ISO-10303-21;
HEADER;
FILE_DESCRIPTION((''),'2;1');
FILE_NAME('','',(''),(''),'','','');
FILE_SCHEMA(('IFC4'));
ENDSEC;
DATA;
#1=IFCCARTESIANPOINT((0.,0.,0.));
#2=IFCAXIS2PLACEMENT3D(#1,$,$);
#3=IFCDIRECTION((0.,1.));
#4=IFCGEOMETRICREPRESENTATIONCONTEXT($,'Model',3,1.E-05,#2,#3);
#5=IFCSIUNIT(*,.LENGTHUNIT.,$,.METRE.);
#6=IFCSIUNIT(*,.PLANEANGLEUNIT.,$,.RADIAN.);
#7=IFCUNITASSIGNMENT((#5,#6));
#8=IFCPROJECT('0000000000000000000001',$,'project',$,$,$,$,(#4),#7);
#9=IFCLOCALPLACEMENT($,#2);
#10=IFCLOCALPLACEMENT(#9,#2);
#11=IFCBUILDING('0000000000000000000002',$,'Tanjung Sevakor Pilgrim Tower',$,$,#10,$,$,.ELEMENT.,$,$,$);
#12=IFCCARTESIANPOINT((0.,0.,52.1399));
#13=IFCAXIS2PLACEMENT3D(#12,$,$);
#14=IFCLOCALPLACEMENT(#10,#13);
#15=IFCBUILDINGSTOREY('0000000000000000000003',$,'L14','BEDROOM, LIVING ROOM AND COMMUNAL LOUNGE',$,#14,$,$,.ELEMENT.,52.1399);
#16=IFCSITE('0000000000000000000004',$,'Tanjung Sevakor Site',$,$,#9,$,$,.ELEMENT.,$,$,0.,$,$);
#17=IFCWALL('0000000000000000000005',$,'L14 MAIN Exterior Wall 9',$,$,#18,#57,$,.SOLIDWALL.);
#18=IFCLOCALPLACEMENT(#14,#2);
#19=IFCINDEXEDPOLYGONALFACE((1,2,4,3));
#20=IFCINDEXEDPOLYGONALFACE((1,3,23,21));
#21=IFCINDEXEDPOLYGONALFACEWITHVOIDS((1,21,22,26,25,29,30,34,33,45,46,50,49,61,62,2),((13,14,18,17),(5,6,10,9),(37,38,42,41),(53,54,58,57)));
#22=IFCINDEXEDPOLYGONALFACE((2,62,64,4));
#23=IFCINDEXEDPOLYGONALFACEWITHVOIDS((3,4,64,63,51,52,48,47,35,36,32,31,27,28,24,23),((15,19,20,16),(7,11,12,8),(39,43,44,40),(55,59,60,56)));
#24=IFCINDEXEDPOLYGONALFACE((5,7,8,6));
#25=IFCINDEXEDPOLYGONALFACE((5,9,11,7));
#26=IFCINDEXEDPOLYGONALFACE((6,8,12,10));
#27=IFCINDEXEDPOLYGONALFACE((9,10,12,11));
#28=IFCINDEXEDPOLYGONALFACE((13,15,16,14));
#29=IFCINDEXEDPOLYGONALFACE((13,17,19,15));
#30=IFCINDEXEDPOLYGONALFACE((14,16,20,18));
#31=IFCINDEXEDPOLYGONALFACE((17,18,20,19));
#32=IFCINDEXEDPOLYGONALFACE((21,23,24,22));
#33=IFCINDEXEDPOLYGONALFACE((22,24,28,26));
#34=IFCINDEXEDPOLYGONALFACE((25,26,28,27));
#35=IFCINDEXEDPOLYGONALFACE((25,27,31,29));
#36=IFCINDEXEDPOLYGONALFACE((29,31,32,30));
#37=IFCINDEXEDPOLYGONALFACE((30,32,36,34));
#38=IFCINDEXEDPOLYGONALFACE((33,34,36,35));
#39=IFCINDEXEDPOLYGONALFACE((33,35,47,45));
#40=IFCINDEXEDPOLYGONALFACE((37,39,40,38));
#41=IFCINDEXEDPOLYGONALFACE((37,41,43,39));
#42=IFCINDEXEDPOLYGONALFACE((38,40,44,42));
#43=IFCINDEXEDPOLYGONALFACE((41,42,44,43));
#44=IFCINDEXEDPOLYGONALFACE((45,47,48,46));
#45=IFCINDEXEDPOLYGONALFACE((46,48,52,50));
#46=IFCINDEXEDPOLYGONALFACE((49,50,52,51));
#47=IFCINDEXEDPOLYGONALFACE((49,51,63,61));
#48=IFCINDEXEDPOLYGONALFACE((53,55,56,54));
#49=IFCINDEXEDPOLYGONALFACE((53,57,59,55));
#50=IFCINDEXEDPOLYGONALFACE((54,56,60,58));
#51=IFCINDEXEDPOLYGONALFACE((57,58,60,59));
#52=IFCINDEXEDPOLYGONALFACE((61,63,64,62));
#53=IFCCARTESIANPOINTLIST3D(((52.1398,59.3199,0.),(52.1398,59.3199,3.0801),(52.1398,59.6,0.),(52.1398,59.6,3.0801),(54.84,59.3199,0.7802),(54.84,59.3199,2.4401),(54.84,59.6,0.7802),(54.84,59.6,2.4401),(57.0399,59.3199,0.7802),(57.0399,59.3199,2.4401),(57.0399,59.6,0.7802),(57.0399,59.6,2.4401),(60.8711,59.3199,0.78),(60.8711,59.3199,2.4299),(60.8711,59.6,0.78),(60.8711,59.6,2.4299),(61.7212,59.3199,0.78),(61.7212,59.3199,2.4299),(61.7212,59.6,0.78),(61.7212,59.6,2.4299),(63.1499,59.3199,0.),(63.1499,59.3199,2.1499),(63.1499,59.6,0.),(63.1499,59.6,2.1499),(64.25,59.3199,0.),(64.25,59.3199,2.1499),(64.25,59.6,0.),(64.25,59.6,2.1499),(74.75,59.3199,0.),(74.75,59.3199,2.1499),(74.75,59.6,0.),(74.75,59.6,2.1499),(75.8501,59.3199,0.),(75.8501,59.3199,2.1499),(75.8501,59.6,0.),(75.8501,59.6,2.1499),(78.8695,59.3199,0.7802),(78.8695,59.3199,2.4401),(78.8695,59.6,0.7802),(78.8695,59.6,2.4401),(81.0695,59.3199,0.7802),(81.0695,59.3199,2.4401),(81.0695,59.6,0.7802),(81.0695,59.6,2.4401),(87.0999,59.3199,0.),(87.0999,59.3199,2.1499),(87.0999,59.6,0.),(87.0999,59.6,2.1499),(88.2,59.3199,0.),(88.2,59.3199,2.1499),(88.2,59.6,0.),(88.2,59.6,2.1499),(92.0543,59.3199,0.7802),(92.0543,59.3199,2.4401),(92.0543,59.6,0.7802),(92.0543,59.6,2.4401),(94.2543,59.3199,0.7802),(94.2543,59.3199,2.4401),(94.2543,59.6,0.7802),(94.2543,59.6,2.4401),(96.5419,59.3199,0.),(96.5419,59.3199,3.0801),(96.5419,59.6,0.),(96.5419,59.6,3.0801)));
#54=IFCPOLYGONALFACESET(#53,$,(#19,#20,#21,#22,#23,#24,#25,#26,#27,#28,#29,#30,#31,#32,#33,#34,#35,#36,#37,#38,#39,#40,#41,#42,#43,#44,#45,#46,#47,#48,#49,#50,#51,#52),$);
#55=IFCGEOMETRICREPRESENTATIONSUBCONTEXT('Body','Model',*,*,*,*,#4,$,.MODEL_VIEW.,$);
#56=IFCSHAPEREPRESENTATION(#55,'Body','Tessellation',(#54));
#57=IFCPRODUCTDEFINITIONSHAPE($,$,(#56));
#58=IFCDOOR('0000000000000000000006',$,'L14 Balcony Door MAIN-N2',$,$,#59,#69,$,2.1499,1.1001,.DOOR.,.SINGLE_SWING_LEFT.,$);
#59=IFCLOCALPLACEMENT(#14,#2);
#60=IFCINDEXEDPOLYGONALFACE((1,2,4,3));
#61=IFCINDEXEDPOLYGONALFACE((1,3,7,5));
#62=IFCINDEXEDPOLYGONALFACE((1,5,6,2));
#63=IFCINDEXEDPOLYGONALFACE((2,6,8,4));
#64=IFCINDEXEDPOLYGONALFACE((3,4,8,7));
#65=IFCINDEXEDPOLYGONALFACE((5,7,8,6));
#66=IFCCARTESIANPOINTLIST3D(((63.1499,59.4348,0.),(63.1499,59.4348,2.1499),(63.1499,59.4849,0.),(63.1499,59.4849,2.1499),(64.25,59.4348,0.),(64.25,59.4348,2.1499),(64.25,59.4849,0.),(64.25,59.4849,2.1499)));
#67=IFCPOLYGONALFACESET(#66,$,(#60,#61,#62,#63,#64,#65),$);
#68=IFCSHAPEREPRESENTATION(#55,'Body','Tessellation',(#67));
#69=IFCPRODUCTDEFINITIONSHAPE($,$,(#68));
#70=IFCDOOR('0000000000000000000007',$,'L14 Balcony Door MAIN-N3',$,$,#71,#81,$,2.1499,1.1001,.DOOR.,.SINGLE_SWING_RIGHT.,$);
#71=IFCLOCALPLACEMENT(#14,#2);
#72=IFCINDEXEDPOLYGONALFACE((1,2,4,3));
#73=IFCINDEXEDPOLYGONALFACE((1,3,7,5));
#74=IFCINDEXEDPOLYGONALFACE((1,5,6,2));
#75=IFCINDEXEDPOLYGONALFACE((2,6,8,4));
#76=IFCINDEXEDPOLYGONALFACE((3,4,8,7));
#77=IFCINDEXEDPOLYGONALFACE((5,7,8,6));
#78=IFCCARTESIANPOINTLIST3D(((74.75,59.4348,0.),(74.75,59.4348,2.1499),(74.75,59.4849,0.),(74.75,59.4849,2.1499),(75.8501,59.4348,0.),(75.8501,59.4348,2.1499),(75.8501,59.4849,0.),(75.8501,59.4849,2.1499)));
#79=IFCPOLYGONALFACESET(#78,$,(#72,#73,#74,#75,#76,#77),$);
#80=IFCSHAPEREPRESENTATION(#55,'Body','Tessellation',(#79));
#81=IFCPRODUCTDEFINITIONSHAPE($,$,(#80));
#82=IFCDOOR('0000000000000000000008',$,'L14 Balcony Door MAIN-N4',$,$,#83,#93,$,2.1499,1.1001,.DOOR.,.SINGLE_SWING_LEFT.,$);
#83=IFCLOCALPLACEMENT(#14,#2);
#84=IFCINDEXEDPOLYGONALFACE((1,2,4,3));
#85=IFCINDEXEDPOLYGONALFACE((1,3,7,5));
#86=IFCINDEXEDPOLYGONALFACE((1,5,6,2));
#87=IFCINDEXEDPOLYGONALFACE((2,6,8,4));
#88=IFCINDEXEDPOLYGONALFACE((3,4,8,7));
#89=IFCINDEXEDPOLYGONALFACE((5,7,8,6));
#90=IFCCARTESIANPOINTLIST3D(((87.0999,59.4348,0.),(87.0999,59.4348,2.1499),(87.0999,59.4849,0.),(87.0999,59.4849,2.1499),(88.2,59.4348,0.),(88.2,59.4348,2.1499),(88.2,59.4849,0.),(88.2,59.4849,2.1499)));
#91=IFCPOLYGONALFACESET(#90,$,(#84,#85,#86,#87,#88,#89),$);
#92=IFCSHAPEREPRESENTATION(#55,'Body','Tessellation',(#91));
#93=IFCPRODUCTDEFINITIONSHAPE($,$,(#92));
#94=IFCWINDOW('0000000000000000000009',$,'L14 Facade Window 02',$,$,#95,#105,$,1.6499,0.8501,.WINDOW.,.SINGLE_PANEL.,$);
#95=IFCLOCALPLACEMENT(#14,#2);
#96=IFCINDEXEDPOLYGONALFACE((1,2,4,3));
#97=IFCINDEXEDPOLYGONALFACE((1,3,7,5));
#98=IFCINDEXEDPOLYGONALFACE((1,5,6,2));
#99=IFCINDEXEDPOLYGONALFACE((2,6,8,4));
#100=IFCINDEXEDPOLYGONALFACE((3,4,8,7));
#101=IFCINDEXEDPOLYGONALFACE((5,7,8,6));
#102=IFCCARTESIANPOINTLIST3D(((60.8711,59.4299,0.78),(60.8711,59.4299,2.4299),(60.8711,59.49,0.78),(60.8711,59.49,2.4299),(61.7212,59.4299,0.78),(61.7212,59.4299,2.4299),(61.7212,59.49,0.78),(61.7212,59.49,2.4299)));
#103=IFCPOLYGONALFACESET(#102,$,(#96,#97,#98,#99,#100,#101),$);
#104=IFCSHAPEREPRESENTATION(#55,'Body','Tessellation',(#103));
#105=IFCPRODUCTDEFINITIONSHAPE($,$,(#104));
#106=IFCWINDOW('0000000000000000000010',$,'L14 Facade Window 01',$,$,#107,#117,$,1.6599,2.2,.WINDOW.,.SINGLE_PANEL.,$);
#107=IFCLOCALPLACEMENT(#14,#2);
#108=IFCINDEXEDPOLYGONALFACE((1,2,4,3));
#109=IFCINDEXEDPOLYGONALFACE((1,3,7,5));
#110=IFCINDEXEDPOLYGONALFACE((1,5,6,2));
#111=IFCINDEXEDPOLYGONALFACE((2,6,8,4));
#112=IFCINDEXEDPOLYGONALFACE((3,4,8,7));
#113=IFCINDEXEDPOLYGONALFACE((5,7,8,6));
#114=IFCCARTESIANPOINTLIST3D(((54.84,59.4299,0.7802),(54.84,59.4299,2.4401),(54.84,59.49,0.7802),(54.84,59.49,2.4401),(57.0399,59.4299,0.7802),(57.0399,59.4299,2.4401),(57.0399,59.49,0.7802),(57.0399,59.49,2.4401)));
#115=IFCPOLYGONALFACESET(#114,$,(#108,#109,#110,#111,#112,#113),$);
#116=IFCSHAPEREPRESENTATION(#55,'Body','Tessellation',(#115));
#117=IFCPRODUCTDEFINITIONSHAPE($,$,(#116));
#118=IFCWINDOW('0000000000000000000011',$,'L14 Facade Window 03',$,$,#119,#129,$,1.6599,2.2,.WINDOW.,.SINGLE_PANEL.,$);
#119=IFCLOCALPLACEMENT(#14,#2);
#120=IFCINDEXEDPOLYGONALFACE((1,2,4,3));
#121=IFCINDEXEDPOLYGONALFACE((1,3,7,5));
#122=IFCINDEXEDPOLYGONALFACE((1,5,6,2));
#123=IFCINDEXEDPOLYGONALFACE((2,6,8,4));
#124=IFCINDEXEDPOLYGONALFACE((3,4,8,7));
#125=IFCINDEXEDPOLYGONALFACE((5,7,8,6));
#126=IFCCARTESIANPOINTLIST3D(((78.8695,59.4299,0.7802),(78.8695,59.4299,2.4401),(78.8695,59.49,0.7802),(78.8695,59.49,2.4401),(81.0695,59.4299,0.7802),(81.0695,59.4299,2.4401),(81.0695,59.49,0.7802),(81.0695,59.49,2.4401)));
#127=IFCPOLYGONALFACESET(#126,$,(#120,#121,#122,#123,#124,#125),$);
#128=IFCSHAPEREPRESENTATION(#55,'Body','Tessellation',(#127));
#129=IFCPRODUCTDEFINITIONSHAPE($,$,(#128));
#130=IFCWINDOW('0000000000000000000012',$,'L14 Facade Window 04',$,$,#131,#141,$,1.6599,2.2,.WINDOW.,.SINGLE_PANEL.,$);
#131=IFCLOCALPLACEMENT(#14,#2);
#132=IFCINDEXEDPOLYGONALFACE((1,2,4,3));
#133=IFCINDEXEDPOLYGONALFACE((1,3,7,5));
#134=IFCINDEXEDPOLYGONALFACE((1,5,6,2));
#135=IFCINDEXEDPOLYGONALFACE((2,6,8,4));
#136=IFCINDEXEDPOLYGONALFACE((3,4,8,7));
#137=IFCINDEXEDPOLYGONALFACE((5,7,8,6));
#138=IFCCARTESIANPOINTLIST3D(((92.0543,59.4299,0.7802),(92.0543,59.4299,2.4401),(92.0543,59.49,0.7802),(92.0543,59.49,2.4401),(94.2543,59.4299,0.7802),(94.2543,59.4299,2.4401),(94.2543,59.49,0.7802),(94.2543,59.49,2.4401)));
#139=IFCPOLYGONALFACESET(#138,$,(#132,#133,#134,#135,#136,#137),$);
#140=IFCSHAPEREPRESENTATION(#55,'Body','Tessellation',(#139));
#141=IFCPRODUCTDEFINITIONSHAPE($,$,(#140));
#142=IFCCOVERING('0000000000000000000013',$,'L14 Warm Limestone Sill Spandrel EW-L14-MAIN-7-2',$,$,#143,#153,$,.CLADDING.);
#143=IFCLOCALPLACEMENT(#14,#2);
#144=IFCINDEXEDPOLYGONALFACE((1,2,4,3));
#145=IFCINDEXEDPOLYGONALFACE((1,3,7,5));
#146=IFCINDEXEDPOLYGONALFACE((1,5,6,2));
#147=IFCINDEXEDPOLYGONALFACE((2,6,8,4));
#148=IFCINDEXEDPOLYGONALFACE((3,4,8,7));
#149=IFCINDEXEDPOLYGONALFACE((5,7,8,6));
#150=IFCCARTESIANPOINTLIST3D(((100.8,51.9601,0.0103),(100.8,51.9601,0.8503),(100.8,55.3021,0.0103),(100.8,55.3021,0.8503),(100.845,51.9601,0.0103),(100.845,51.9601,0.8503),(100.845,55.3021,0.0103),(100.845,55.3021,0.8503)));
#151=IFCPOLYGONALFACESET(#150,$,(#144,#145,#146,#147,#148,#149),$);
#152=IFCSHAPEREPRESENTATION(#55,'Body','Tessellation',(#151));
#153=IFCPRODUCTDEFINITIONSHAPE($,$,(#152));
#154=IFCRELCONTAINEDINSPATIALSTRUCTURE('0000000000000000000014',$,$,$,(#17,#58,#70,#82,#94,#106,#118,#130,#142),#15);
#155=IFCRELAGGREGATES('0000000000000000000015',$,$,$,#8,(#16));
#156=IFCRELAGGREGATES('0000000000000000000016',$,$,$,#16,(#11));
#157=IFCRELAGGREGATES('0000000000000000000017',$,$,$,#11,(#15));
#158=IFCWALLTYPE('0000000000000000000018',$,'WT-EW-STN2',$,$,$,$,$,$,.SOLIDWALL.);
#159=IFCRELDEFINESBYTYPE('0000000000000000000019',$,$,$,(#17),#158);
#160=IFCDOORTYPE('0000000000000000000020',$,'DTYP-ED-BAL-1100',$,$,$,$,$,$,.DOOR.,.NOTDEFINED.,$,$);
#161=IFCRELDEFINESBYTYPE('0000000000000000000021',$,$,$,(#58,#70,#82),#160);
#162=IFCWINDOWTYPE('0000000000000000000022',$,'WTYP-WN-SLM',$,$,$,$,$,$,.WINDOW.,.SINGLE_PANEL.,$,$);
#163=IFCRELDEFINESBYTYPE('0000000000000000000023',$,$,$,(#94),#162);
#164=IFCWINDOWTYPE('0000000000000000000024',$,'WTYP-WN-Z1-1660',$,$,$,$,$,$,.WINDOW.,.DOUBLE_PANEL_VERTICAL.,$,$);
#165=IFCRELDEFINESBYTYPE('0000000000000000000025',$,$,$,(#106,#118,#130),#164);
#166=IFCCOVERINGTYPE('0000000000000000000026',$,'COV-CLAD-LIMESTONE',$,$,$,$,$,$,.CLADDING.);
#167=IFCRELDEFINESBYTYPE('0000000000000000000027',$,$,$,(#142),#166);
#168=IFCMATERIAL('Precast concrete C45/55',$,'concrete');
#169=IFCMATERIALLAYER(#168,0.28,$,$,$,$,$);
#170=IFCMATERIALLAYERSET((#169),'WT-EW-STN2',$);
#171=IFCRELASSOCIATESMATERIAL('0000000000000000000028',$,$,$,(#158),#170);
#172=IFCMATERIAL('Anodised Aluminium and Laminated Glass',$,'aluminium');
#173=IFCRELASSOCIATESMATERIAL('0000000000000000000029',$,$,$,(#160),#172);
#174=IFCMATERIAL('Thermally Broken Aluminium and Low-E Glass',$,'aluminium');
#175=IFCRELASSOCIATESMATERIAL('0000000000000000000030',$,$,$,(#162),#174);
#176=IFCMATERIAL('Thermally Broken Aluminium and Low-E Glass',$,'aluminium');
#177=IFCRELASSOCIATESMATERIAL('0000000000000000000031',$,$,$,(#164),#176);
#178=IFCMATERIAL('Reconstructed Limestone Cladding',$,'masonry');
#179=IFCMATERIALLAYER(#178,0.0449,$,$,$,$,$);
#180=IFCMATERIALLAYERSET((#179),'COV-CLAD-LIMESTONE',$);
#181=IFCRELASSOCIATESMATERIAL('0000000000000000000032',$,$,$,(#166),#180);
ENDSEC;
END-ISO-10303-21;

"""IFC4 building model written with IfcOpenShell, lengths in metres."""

from ifc_helpers import new_model, si_unit, direction, frame, frame_2d, origin, origin_2d, place, context, subcontext, project, spatial, rectangle, extrude, material, layer, layer_set, type_object, element, fill, save


model = new_model("IFC4")

# Units and contexts
model_context = context("Model", 3, precision=1e-05, world=origin(), true_north=direction((0.0, 1.0)))
body_context = subcontext(model_context, "Body", "Model", "MODEL_VIEW")
ifc_project = project(units=[si_unit("LENGTHUNIT", "METRE"), si_unit("PLANEANGLEUNIT", "RADIAN")], contexts=[model_context])

# Site, building, storey
site_placement = place(None, origin())
site = spatial("IfcSite", under=ifc_project, at=site_placement, Name="Tanjung Sevakor Site", CompositionType="ELEMENT", RefElevation=0.0)
building_placement = place(site_placement, origin())
building = spatial("IfcBuilding", under=site, at=building_placement, Name="Tanjung Sevakor Pilgrim Tower", CompositionType="ELEMENT")
storey_placement = place(building_placement, frame((0.0, 0.0, 52.1399)))
storey = spatial("IfcBuildingStorey", under=building, at=storey_placement, Name="L14", Description="BEDROOM, LIVING ROOM AND COMMUNAL LOUNGE", CompositionType="ELEMENT", Elevation=52.1399)

# Wall, openings, doors, windows
ifc_material_1 = material(Name="Precast concrete C45/55", Category="concrete")
ifc_layer_1 = layer(ifc_material_1, 0.28)
ifc_layer_set_1 = layer_set([ifc_layer_1], Name="WT-EW-STN2")
wall_type_1 = type_object("IfcWallType", Name="WT-EW-STN2", PredefinedType="SOLIDWALL", material=ifc_layer_set_1)
wall_1_placement = place(storey_placement, frame((96.542, 59.46, 0.0), z_axis=(0.0, 0.0, 1.0), x_axis=(-1.0, 0.0, 0.0)))
wall_1 = element("IfcWall", 1, at=wall_1_placement, inside=storey, type_object=wall_type_1, Name="L14 MAIN Exterior Wall 9", PredefinedType="SOLIDWALL", context=body_context, shape_type="SweptSolid", body=[
    extrude(rectangle(XDim=44.4021, YDim=0.28, at=frame_2d((22.2012, 0.0))), origin(), (0.0, 0.0, 1.0), 3.0801),
])
opening_1_placement = place(wall_1_placement, frame((32.292, 0.0, 0.0)))
opening_1 = element("IfcOpeningElement", 2, at=opening_1_placement, cuts=wall_1, PredefinedType="OPENING", context=body_context, shape_type="SweptSolid", body=[
    extrude(rectangle(XDim=1.1001, YDim=2.1499, at=frame_2d((0.55, 1.075))), frame((0.0, 0.1499, 0.0), z_axis=(0.0, -1.0, 0.0), x_axis=(1.0, 0.0, 0.0)), (0.0, 0.0, 1.0), 0.3),
])
opening_2_placement = place(wall_1_placement, frame((20.6919, 0.0, 0.0)))
opening_2 = element("IfcOpeningElement", 3, at=opening_2_placement, cuts=wall_1, PredefinedType="OPENING", context=body_context, shape_type="SweptSolid", body=[
    extrude(rectangle(XDim=1.1001, YDim=2.1499, at=frame_2d((0.55, 1.075))), frame((0.0, 0.1499, 0.0), z_axis=(0.0, -1.0, 0.0), x_axis=(1.0, 0.0, 0.0)), (0.0, 0.0, 1.0), 0.3),
])
opening_3_placement = place(wall_1_placement, frame((8.342, 0.0, 0.0)))
opening_3 = element("IfcOpeningElement", 4, at=opening_3_placement, cuts=wall_1, PredefinedType="OPENING", context=body_context, shape_type="SweptSolid", body=[
    extrude(rectangle(XDim=1.1001, YDim=2.1499, at=frame_2d((0.55, 1.075))), frame((0.0, 0.1499, 0.0), z_axis=(0.0, -1.0, 0.0), x_axis=(1.0, 0.0, 0.0)), (0.0, 0.0, 1.0), 0.3),
])
opening_4_placement = place(wall_1_placement, frame((39.502, 0.0, 0.78)))
opening_4 = element("IfcOpeningElement", 5, at=opening_4_placement, cuts=wall_1, PredefinedType="OPENING", context=body_context, shape_type="SweptSolid", body=[
    extrude(rectangle(XDim=2.2, YDim=1.6599, at=frame_2d((1.1001, 0.8301))), frame((0.0, 0.1499, 0.0), z_axis=(0.0, -1.0, 0.0), x_axis=(1.0, 0.0, 0.0)), (0.0, 0.0, 1.0), 0.3),
])
opening_5_placement = place(wall_1_placement, frame((34.8208, 0.0, 0.78)))
opening_5 = element("IfcOpeningElement", 6, at=opening_5_placement, cuts=wall_1, PredefinedType="OPENING", context=body_context, shape_type="SweptSolid", body=[
    extrude(rectangle(XDim=0.8501, YDim=1.6499, at=frame_2d((0.425, 0.825))), frame((0.0, 0.1499, 0.0), z_axis=(0.0, -1.0, 0.0), x_axis=(1.0, 0.0, 0.0)), (0.0, 0.0, 1.0), 0.3),
])
opening_6_placement = place(wall_1_placement, frame((15.4724, 0.0, 0.78)))
opening_6 = element("IfcOpeningElement", 7, at=opening_6_placement, cuts=wall_1, PredefinedType="OPENING", context=body_context, shape_type="SweptSolid", body=[
    extrude(rectangle(XDim=2.2, YDim=1.6599, at=frame_2d((1.1001, 0.8301))), frame((0.0, 0.1499, 0.0), z_axis=(0.0, -1.0, 0.0), x_axis=(1.0, 0.0, 0.0)), (0.0, 0.0, 1.0), 0.3),
])
opening_7_placement = place(wall_1_placement, frame((2.2876, 0.0, 0.78)))
opening_7 = element("IfcOpeningElement", 8, at=opening_7_placement, cuts=wall_1, PredefinedType="OPENING", context=body_context, shape_type="SweptSolid", body=[
    extrude(rectangle(XDim=2.2, YDim=1.6599, at=frame_2d((1.1001, 0.8301))), frame((0.0, 0.1499, 0.0), z_axis=(0.0, -1.0, 0.0), x_axis=(1.0, 0.0, 0.0)), (0.0, 0.0, 1.0), 0.3),
])
ifc_material_2 = material(Name="Anodised Aluminium and Laminated Glass", Category="aluminium")
door_type = type_object("IfcDoorType", Name="DTYP-ED-BAL-1100", OperationType="NOTDEFINED", PredefinedType="DOOR", material=ifc_material_2)
door_1_placement = place(opening_1_placement, frame((1.1001, 0.0, 0.0), z_axis=(0.0, 0.0, 1.0), x_axis=(-1.0, 0.0, 0.0)))
door_1 = element("IfcDoor", 9, at=door_1_placement, inside=storey, type_object=door_type, Name="L14 Balcony Door MAIN-N2", OperationType="SINGLE_SWING_LEFT", OverallHeight=2.1499, OverallWidth=1.1001, PredefinedType="DOOR", context=body_context, shape_type="SweptSolid", body=[
    extrude(rectangle(XDim=1.1001, YDim=2.1499, at=frame_2d((0.55, 1.075))), frame((0.0, 0.0249, 0.0), z_axis=(0.0, -1.0, 0.0), x_axis=(1.0, 0.0, 0.0)), (0.0, 0.0, 1.0), 0.05),
])
fill(opening_1, door_1)
door_2_placement = place(opening_2_placement, frame((1.1001, 0.0, 0.0), z_axis=(0.0, 0.0, 1.0), x_axis=(-1.0, 0.0, 0.0)))
door_2 = element("IfcDoor", 10, at=door_2_placement, inside=storey, type_object=door_type, Name="L14 Balcony Door MAIN-N3", OperationType="SINGLE_SWING_RIGHT", OverallHeight=2.1499, OverallWidth=1.1001, PredefinedType="DOOR", context=body_context, shape_type="SweptSolid", body=[
    extrude(rectangle(XDim=1.1001, YDim=2.1499, at=frame_2d((0.55, 1.075))), frame((0.0, 0.0249, 0.0), z_axis=(0.0, -1.0, 0.0), x_axis=(1.0, 0.0, 0.0)), (0.0, 0.0, 1.0), 0.05),
])
fill(opening_2, door_2)
door_3_placement = place(opening_3_placement, frame((1.1001, 0.0, 0.0), z_axis=(0.0, 0.0, 1.0), x_axis=(-1.0, 0.0, 0.0)))
door_3 = element("IfcDoor", 11, at=door_3_placement, inside=storey, type_object=door_type, Name="L14 Balcony Door MAIN-N4", OperationType="SINGLE_SWING_LEFT", OverallHeight=2.1499, OverallWidth=1.1001, PredefinedType="DOOR", context=body_context, shape_type="SweptSolid", body=[
    extrude(rectangle(XDim=1.1001, YDim=2.1499, at=frame_2d((0.55, 1.075))), frame((0.0, 0.0249, 0.0), z_axis=(0.0, -1.0, 0.0), x_axis=(1.0, 0.0, 0.0)), (0.0, 0.0, 1.0), 0.05),
])
fill(opening_3, door_3)
ifc_material_3 = material(Name="Thermally Broken Aluminium and Low-E Glass", Category="aluminium")
window_type_1 = type_object("IfcWindowType", Name="WTYP-WN-SLM", PartitioningType="SINGLE_PANEL", PredefinedType="WINDOW", material=ifc_material_3)
window_1_placement = place(opening_5_placement, origin())
window_1 = element("IfcWindow", 12, at=window_1_placement, inside=storey, type_object=window_type_1, Name="L14 Facade Window 02", OverallHeight=1.6499, OverallWidth=0.8501, PartitioningType="SINGLE_PANEL", PredefinedType="WINDOW", context=body_context, shape_type="SweptSolid", body=[
    extrude(rectangle(XDim=0.8501, YDim=1.6499, at=frame_2d((0.425, 0.825))), frame((0.0, 0.03, 0.0), z_axis=(0.0, -1.0, 0.0), x_axis=(1.0, 0.0, 0.0)), (0.0, 0.0, 1.0), 0.0601),
])
fill(opening_5, window_1)
ifc_material_4 = material(Name="Thermally Broken Aluminium and Low-E Glass", Category="aluminium")
window_type_2 = type_object("IfcWindowType", Name="WTYP-WN-Z1-1660", PartitioningType="DOUBLE_PANEL_VERTICAL", PredefinedType="WINDOW", material=ifc_material_4)
window_2_placement = place(opening_4_placement, origin())
window_2 = element("IfcWindow", 13, at=window_2_placement, inside=storey, type_object=window_type_2, Name="L14 Facade Window 01", OverallHeight=1.6599, OverallWidth=2.2, PartitioningType="SINGLE_PANEL", PredefinedType="WINDOW", context=body_context, shape_type="SweptSolid", body=[
    extrude(rectangle(XDim=2.2, YDim=1.6599, at=frame_2d((1.1001, 0.8301))), frame((0.0, 0.03, 0.0), z_axis=(0.0, -1.0, 0.0), x_axis=(1.0, 0.0, 0.0)), (0.0, 0.0, 1.0), 0.0601),
])
fill(opening_4, window_2)
window_3_placement = place(opening_6_placement, origin())
window_3 = element("IfcWindow", 14, at=window_3_placement, inside=storey, type_object=window_type_2, Name="L14 Facade Window 03", OverallHeight=1.6599, OverallWidth=2.2, PartitioningType="SINGLE_PANEL", PredefinedType="WINDOW", context=body_context, shape_type="SweptSolid", body=[
    extrude(rectangle(XDim=2.2, YDim=1.6599, at=frame_2d((1.1001, 0.8301))), frame((0.0, 0.03, 0.0), z_axis=(0.0, -1.0, 0.0), x_axis=(1.0, 0.0, 0.0)), (0.0, 0.0, 1.0), 0.0601),
])
fill(opening_6, window_3)
window_4_placement = place(opening_7_placement, origin())
window_4 = element("IfcWindow", 15, at=window_4_placement, inside=storey, type_object=window_type_2, Name="L14 Facade Window 04", OverallHeight=1.6599, OverallWidth=2.2, PartitioningType="SINGLE_PANEL", PredefinedType="WINDOW", context=body_context, shape_type="SweptSolid", body=[
    extrude(rectangle(XDim=2.2, YDim=1.6599, at=frame_2d((1.1001, 0.8301))), frame((0.0, 0.03, 0.0), z_axis=(0.0, -1.0, 0.0), x_axis=(1.0, 0.0, 0.0)), (0.0, 0.0, 1.0), 0.0601),
])
fill(opening_7, window_4)

# Covering
ifc_material_5 = material(Name="Reconstructed Limestone Cladding", Category="masonry")
ifc_layer_2 = layer(ifc_material_5, 0.0449)
ifc_layer_set_2 = layer_set([ifc_layer_2], Name="COV-CLAD-LIMESTONE")
covering_type = type_object("IfcCoveringType", Name="COV-CLAD-LIMESTONE", PredefinedType="CLADDING", material=ifc_layer_set_2)
covering_1_placement = place(storey_placement, frame((100.8225, 53.6311, 0.0103), z_axis=(0.0, 0.0, 1.0), x_axis=(0.0, 1.0, 0.0)))
element("IfcCovering", 16, at=covering_1_placement, inside=storey, type_object=covering_type, Name="L14 Warm Limestone Sill Spandrel EW-L14-MAIN-7-2", PredefinedType="CLADDING", context=body_context, shape_type="SweptSolid", body=[
    extrude(rectangle(XDim=3.342, YDim=0.0449, at=origin_2d()), origin(), (0.0, 0.0, 1.0), 0.8401),
])

save(model, "model.ifc")
